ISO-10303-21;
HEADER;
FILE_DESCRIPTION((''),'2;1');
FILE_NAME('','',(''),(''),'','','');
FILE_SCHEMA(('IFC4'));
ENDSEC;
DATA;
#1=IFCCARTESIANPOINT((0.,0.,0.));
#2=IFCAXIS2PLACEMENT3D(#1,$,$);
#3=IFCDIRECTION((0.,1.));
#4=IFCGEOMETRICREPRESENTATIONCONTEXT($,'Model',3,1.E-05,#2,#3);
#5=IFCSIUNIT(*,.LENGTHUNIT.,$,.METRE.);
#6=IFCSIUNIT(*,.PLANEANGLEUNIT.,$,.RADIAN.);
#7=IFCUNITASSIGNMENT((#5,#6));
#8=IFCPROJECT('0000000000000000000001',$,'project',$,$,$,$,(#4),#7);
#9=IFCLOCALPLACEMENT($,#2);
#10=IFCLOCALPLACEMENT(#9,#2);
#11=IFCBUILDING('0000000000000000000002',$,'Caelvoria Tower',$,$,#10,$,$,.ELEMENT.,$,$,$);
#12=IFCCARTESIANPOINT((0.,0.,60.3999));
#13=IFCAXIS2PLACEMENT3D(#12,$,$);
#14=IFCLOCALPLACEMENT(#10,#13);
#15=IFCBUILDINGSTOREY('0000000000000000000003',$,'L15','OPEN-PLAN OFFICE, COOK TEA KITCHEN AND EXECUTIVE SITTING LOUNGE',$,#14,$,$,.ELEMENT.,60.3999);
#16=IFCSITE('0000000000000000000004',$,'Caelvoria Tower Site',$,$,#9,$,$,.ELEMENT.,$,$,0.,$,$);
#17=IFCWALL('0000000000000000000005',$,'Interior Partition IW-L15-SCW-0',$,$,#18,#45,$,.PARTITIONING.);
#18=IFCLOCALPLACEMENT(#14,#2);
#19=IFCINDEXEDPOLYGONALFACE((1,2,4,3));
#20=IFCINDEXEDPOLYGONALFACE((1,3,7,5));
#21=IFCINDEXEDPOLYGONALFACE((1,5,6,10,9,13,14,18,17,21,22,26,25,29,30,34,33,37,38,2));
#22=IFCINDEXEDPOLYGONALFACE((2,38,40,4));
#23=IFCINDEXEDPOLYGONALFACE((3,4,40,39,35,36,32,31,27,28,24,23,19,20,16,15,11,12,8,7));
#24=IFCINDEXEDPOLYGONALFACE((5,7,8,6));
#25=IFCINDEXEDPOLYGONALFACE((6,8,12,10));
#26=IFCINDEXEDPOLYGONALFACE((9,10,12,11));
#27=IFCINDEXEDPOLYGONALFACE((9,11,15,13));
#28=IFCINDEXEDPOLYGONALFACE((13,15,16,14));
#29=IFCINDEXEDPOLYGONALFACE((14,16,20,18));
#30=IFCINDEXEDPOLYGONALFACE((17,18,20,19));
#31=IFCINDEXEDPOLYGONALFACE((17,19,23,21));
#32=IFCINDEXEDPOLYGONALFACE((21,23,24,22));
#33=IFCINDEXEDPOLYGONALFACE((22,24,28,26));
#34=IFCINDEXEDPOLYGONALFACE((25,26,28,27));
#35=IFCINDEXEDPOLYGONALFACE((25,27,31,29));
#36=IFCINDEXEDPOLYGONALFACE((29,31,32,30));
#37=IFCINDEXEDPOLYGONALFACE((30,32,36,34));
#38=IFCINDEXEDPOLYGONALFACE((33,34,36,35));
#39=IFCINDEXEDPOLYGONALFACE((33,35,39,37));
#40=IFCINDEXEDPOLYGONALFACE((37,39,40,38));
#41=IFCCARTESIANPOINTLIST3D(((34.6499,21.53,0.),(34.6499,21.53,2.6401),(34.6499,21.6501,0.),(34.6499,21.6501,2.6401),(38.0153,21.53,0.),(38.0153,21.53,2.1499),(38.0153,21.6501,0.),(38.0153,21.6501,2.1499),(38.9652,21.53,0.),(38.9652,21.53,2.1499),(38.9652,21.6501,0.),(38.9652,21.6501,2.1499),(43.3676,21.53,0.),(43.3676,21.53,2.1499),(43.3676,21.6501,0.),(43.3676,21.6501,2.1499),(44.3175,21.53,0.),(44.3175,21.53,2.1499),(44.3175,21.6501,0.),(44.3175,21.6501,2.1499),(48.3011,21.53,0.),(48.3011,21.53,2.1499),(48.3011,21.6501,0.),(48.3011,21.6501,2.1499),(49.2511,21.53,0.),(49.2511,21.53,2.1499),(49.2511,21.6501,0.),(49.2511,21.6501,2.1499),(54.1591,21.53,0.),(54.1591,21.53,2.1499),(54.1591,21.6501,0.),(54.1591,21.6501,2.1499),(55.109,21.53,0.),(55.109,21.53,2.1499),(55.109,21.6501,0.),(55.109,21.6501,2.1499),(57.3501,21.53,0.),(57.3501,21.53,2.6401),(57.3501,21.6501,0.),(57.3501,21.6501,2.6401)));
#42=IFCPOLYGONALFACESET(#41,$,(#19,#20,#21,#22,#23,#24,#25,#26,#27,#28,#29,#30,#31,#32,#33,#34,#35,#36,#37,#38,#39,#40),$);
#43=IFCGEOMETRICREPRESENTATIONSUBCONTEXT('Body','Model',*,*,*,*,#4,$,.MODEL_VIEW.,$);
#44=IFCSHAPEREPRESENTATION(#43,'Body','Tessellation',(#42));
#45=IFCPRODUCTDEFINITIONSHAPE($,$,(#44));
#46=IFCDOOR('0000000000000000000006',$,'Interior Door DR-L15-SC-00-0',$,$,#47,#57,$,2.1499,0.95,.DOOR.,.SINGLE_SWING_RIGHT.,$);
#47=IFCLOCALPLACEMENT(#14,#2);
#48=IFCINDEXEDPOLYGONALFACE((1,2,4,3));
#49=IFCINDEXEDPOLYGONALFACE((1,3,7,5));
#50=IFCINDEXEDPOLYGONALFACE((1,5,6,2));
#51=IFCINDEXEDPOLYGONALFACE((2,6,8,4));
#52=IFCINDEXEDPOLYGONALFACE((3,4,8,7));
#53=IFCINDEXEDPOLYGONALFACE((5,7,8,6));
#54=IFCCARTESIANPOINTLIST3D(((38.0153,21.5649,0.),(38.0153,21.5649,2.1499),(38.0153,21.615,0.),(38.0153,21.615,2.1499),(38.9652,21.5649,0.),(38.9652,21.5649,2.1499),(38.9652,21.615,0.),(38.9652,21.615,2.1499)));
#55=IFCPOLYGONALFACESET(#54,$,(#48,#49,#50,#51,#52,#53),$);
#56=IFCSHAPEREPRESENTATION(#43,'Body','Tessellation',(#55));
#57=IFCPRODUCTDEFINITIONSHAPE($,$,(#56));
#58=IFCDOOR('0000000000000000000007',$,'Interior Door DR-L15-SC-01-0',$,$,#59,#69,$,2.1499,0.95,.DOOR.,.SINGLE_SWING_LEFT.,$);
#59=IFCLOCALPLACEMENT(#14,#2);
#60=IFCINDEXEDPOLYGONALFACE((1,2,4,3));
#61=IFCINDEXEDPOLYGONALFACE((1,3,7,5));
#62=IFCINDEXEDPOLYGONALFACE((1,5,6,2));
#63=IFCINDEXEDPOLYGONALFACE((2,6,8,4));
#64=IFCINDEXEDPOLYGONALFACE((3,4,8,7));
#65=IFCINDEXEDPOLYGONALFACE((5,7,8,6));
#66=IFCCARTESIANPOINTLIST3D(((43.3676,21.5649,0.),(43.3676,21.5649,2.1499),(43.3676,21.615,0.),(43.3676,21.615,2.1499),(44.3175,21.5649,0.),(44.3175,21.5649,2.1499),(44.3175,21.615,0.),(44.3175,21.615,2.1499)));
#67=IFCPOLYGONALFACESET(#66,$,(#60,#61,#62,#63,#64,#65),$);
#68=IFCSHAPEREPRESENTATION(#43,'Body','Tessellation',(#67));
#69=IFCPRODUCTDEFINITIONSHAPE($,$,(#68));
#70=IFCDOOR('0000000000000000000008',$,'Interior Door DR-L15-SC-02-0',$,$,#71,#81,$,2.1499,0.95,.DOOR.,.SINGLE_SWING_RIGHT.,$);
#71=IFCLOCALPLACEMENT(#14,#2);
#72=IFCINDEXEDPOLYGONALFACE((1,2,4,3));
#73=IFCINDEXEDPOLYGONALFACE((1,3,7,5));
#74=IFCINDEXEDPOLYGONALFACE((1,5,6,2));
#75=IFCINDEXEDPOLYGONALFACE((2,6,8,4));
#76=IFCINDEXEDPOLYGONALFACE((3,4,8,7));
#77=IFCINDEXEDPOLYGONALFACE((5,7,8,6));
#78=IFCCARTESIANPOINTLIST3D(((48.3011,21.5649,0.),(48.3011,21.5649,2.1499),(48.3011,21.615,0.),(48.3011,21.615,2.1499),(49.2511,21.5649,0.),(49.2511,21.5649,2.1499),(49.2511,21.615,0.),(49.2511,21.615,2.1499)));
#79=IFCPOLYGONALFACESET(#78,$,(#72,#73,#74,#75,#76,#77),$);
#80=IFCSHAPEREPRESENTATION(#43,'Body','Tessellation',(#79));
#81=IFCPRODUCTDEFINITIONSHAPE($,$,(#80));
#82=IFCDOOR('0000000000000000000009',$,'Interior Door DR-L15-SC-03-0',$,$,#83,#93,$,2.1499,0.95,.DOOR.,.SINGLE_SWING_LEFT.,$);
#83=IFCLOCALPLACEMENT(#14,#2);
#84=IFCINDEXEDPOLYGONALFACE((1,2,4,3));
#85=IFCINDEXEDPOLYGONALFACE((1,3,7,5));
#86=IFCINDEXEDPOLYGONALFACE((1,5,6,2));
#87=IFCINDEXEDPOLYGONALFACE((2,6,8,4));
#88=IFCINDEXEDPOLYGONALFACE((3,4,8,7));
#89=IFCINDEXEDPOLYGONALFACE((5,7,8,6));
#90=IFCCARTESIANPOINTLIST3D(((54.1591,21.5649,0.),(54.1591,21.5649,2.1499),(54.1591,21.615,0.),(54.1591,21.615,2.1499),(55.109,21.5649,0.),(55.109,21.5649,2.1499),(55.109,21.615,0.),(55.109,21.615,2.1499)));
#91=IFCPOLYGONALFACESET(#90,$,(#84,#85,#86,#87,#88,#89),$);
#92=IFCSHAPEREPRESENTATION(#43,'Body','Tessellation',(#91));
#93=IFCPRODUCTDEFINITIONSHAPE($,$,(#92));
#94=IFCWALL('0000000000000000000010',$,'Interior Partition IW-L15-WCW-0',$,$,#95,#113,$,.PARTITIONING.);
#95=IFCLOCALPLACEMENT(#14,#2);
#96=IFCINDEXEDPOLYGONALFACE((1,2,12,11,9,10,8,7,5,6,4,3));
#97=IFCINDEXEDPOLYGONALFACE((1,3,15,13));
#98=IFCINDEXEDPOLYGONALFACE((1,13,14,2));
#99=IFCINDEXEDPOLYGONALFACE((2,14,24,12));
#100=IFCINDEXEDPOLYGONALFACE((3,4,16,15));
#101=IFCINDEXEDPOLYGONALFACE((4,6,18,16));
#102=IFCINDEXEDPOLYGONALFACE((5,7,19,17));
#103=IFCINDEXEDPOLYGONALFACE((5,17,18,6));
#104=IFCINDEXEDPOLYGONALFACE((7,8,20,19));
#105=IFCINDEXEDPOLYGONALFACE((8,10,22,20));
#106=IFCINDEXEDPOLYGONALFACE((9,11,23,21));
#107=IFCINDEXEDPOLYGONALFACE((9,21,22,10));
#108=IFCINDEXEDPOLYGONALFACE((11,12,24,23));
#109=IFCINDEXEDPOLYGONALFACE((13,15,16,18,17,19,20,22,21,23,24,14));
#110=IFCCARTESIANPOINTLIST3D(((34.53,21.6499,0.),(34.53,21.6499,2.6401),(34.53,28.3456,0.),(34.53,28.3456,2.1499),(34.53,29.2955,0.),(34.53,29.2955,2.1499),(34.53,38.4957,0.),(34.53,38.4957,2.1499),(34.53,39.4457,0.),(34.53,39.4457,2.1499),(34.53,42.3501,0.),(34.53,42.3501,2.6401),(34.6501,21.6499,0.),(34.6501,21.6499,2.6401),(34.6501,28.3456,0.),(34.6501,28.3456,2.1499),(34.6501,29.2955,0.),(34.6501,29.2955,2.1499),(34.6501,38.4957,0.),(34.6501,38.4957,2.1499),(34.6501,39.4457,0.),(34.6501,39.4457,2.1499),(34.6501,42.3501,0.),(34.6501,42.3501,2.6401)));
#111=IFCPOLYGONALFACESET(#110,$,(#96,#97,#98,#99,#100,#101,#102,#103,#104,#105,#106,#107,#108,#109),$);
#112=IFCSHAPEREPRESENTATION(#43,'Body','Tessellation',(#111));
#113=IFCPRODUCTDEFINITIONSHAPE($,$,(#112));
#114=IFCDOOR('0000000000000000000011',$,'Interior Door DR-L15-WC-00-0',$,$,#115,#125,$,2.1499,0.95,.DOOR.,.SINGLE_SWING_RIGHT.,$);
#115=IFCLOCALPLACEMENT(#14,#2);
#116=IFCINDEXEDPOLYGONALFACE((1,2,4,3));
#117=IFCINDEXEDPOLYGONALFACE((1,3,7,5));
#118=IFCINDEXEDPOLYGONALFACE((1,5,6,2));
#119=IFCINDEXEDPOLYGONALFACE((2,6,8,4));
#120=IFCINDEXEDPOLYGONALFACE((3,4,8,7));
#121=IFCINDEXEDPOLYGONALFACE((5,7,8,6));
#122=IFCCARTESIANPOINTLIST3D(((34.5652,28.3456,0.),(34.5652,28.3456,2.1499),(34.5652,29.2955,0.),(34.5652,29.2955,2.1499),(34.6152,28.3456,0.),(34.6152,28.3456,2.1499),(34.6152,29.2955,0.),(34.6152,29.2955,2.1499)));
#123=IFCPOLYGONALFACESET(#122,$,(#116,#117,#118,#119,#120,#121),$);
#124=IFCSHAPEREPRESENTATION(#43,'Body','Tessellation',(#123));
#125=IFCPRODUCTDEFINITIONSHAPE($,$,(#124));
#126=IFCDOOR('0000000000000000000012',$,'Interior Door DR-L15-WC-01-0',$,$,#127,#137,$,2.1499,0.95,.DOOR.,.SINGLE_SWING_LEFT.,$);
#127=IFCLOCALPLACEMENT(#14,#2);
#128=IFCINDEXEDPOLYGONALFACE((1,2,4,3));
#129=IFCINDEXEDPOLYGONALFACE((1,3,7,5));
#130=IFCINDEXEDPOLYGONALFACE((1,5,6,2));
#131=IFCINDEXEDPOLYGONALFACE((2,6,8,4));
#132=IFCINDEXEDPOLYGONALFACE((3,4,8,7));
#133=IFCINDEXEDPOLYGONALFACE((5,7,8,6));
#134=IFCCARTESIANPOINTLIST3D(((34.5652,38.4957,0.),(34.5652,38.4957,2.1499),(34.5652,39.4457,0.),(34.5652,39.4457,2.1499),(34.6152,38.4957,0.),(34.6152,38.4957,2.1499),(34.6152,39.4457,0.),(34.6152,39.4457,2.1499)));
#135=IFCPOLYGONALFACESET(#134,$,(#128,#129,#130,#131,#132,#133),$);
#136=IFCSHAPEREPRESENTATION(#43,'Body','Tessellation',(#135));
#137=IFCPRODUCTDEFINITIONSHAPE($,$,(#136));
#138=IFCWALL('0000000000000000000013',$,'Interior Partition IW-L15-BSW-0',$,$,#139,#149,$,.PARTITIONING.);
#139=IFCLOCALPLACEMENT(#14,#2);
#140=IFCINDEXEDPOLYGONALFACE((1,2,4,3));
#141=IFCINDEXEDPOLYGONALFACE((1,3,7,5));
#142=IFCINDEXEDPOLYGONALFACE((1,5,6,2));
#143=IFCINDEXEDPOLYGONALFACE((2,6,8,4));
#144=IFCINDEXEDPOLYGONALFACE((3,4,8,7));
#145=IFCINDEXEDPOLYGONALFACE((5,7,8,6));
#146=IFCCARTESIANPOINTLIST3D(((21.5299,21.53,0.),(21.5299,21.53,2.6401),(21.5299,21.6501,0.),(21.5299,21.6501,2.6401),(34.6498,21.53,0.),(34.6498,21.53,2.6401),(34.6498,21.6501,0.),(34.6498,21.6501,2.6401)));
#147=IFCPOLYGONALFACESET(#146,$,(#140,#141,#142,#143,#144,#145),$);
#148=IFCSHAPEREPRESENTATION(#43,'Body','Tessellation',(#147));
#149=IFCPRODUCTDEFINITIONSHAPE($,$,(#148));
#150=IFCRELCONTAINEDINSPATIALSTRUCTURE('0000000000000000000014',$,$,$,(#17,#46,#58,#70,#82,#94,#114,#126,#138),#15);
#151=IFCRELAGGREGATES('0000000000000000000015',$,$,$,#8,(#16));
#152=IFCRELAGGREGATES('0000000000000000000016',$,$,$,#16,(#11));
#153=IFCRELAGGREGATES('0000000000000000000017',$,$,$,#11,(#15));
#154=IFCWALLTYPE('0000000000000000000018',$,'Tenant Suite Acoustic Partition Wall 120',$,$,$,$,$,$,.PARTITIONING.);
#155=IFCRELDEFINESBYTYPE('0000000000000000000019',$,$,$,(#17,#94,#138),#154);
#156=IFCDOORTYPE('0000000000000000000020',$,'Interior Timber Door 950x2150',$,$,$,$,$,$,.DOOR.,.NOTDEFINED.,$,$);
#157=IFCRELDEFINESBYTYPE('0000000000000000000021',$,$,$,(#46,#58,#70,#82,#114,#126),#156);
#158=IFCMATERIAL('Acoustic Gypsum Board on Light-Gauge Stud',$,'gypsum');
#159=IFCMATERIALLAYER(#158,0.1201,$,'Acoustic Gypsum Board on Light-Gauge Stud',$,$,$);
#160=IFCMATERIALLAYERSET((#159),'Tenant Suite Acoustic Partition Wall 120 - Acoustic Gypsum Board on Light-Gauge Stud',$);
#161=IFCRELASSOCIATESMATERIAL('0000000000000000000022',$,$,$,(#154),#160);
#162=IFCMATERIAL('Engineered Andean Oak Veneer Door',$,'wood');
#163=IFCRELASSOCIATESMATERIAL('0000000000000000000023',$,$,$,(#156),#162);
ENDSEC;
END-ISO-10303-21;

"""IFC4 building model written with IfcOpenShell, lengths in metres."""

from ifc_helpers import new_model, si_unit, direction, frame, frame_2d, origin, place, context, subcontext, project, spatial, rectangle, extrude, material, layer, layer_set, type_object, element, fill, save


model = new_model("IFC4")

# Units and contexts
model_context = context("Model", 3, precision=1e-05, world=origin(), true_north=direction((0.0, 1.0)))
body_context = subcontext(model_context, "Body", "Model", "MODEL_VIEW")
ifc_project = project(units=[si_unit("LENGTHUNIT", "METRE"), si_unit("PLANEANGLEUNIT", "RADIAN")], contexts=[model_context])

# Site, building, storey
site_placement = place(None, origin())
site = spatial("IfcSite", under=ifc_project, at=site_placement, Name="Caelvoria Tower Site", CompositionType="ELEMENT", RefElevation=0.0)
building_placement = place(site_placement, origin())
building = spatial("IfcBuilding", under=site, at=building_placement, Name="Caelvoria Tower", CompositionType="ELEMENT")
storey_placement = place(building_placement, frame((0.0, 0.0, 60.3999)))
storey = spatial("IfcBuildingStorey", under=building, at=storey_placement, Name="L15", Description="OPEN-PLAN OFFICE, COOK TEA KITCHEN AND EXECUTIVE SITTING LOUNGE", CompositionType="ELEMENT", Elevation=60.3999)

# Shared definitions
ifc_material_1 = material(Name="Acoustic Gypsum Board on Light-Gauge Stud", Category="gypsum")
ifc_layer_1 = layer(ifc_material_1, 0.1201, Name="Acoustic Gypsum Board on Light-Gauge Stud")
ifc_layer_set_1 = layer_set([ifc_layer_1], Name="Tenant Suite Acoustic Partition Wall 120 - Acoustic Gypsum Board on Light-Gauge Stud")
wall_type_1 = type_object("IfcWallType", Name="Tenant Suite Acoustic Partition Wall 120", PredefinedType="PARTITIONING", material=ifc_layer_set_1)
ifc_material_2 = material(Name="Engineered Andean Oak Veneer Door", Category="wood")

# Walls, openings, doors
wall_1_placement = place(storey_placement, frame((34.6499, 21.5901, 0.0), z_axis=(0.0, 0.0, 1.0), x_axis=(1.0, 0.0, 0.0)))
wall_1 = element("IfcWall", 1, at=wall_1_placement, inside=storey, type_object=wall_type_1, Name="Interior Partition IW-L15-SCW-0", PredefinedType="PARTITIONING", context=body_context, shape_type="SweptSolid", body=[
    extrude(rectangle(XDim=22.7002, YDim=0.1201, at=frame_2d((11.3501, 0.0))), origin(), (0.0, 0.0, 1.0), 2.6401),
])
opening_1_placement = place(wall_1_placement, frame((3.3652, 0.0, 0.0)))
opening_1 = element("IfcOpeningElement", 2, at=opening_1_placement, cuts=wall_1, PredefinedType="OPENING", context=body_context, shape_type="SweptSolid", body=[
    extrude(rectangle(XDim=0.95, YDim=2.1499, at=frame_2d((0.4751, 1.075))), frame((0.0, 0.0701, 0.0), z_axis=(0.0, -1.0, 0.0), x_axis=(1.0, 0.0, 0.0)), (0.0, 0.0, 1.0), 0.1401),
])
opening_2_placement = place(wall_1_placement, frame((8.7175, 0.0, 0.0)))
opening_2 = element("IfcOpeningElement", 3, at=opening_2_placement, cuts=wall_1, PredefinedType="OPENING", context=body_context, shape_type="SweptSolid", body=[
    extrude(rectangle(XDim=0.95, YDim=2.1499, at=frame_2d((0.4751, 1.075))), frame((0.0, 0.0701, 0.0), z_axis=(0.0, -1.0, 0.0), x_axis=(1.0, 0.0, 0.0)), (0.0, 0.0, 1.0), 0.1401),
])
opening_3_placement = place(wall_1_placement, frame((13.6511, 0.0, 0.0)))
opening_3 = element("IfcOpeningElement", 4, at=opening_3_placement, cuts=wall_1, PredefinedType="OPENING", context=body_context, shape_type="SweptSolid", body=[
    extrude(rectangle(XDim=0.95, YDim=2.1499, at=frame_2d((0.4751, 1.075))), frame((0.0, 0.0701, 0.0), z_axis=(0.0, -1.0, 0.0), x_axis=(1.0, 0.0, 0.0)), (0.0, 0.0, 1.0), 0.1401),
])
opening_4_placement = place(wall_1_placement, frame((19.509, 0.0, 0.0)))
opening_4 = element("IfcOpeningElement", 5, at=opening_4_placement, cuts=wall_1, PredefinedType="OPENING", context=body_context, shape_type="SweptSolid", body=[
    extrude(rectangle(XDim=0.95, YDim=2.1499, at=frame_2d((0.4751, 1.075))), frame((0.0, 0.0701, 0.0), z_axis=(0.0, -1.0, 0.0), x_axis=(1.0, 0.0, 0.0)), (0.0, 0.0, 1.0), 0.1401),
])
door_type_1 = type_object("IfcDoorType", Name="Interior Timber Door 950x2150", OperationType="NOTDEFINED", PredefinedType="DOOR", material=ifc_material_2)
door_1_placement = place(opening_1_placement, origin())
door_1 = element("IfcDoor", 6, at=door_1_placement, inside=storey, type_object=door_type_1, Name="Interior Door DR-L15-SC-00-0", OperationType="SINGLE_SWING_RIGHT", OverallHeight=2.1499, OverallWidth=0.95, PredefinedType="DOOR", context=body_context, shape_type="SweptSolid", body=[
    extrude(rectangle(XDim=0.95, YDim=2.1499, at=frame_2d((0.4751, 1.075))), frame((0.0, 0.0249, 0.0), z_axis=(0.0, -1.0, 0.0), x_axis=(1.0, 0.0, 0.0)), (0.0, 0.0, 1.0), 0.05),
])
fill(opening_1, door_1)
door_2_placement = place(opening_2_placement, origin())
door_2 = element("IfcDoor", 7, at=door_2_placement, inside=storey, type_object=door_type_1, Name="Interior Door DR-L15-SC-01-0", OperationType="SINGLE_SWING_LEFT", OverallHeight=2.1499, OverallWidth=0.95, PredefinedType="DOOR", context=body_context, shape_type="SweptSolid", body=[
    extrude(rectangle(XDim=0.95, YDim=2.1499, at=frame_2d((0.4751, 1.075))), frame((0.0, 0.0249, 0.0), z_axis=(0.0, -1.0, 0.0), x_axis=(1.0, 0.0, 0.0)), (0.0, 0.0, 1.0), 0.05),
])
fill(opening_2, door_2)
door_3_placement = place(opening_3_placement, origin())
door_3 = element("IfcDoor", 8, at=door_3_placement, inside=storey, type_object=door_type_1, Name="Interior Door DR-L15-SC-02-0", OperationType="SINGLE_SWING_RIGHT", OverallHeight=2.1499, OverallWidth=0.95, PredefinedType="DOOR", context=body_context, shape_type="SweptSolid", body=[
    extrude(rectangle(XDim=0.95, YDim=2.1499, at=frame_2d((0.4751, 1.075))), frame((0.0, 0.0249, 0.0), z_axis=(0.0, -1.0, 0.0), x_axis=(1.0, 0.0, 0.0)), (0.0, 0.0, 1.0), 0.05),
])
fill(opening_3, door_3)
door_4_placement = place(opening_4_placement, origin())
door_4 = element("IfcDoor", 9, at=door_4_placement, inside=storey, type_object=door_type_1, Name="Interior Door DR-L15-SC-03-0", OperationType="SINGLE_SWING_LEFT", OverallHeight=2.1499, OverallWidth=0.95, PredefinedType="DOOR", context=body_context, shape_type="SweptSolid", body=[
    extrude(rectangle(XDim=0.95, YDim=2.1499, at=frame_2d((0.4751, 1.075))), frame((0.0, 0.0249, 0.0), z_axis=(0.0, -1.0, 0.0), x_axis=(1.0, 0.0, 0.0)), (0.0, 0.0, 1.0), 0.05),
])
fill(opening_4, door_4)
wall_2_placement = place(storey_placement, frame((34.5901, 21.6499, 0.0), z_axis=(0.0, 0.0, 1.0), x_axis=(0.0, 1.0, 0.0)))
wall_2 = element("IfcWall", 10, at=wall_2_placement, inside=storey, type_object=wall_type_1, Name="Interior Partition IW-L15-WCW-0", PredefinedType="PARTITIONING", context=body_context, shape_type="SweptSolid", body=[
    extrude(rectangle(XDim=20.7002, YDim=0.1201, at=frame_2d((10.3501, 0.0))), origin(), (0.0, 0.0, 1.0), 2.6401),
])
opening_5_placement = place(wall_2_placement, frame((6.6956, 0.0, 0.0)))
opening_5 = element("IfcOpeningElement", 11, at=opening_5_placement, cuts=wall_2, PredefinedType="OPENING", context=body_context, shape_type="SweptSolid", body=[
    extrude(rectangle(XDim=0.95, YDim=2.1499, at=frame_2d((0.4751, 1.075))), frame((0.0, 0.0701, 0.0), z_axis=(0.0, -1.0, 0.0), x_axis=(1.0, 0.0, 0.0)), (0.0, 0.0, 1.0), 0.1401),
])
opening_6_placement = place(wall_2_placement, frame((16.8457, 0.0, 0.0)))
opening_6 = element("IfcOpeningElement", 12, at=opening_6_placement, cuts=wall_2, PredefinedType="OPENING", context=body_context, shape_type="SweptSolid", body=[
    extrude(rectangle(XDim=0.95, YDim=2.1499, at=frame_2d((0.4751, 1.075))), frame((0.0, 0.0701, 0.0), z_axis=(0.0, -1.0, 0.0), x_axis=(1.0, 0.0, 0.0)), (0.0, 0.0, 1.0), 0.1401),
])
door_5_placement = place(opening_5_placement, origin())
door_5 = element("IfcDoor", 13, at=door_5_placement, inside=storey, type_object=door_type_1, Name="Interior Door DR-L15-WC-00-0", OperationType="SINGLE_SWING_RIGHT", OverallHeight=2.1499, OverallWidth=0.95, PredefinedType="DOOR", context=body_context, shape_type="SweptSolid", body=[
    extrude(rectangle(XDim=0.95, YDim=2.1499, at=frame_2d((0.4751, 1.075))), frame((0.0, 0.0249, 0.0), z_axis=(0.0, -1.0, 0.0), x_axis=(1.0, 0.0, 0.0)), (0.0, 0.0, 1.0), 0.05),
])
fill(opening_5, door_5)
door_6_placement = place(opening_6_placement, origin())
door_6 = element("IfcDoor", 14, at=door_6_placement, inside=storey, type_object=door_type_1, Name="Interior Door DR-L15-WC-01-0", OperationType="SINGLE_SWING_LEFT", OverallHeight=2.1499, OverallWidth=0.95, PredefinedType="DOOR", context=body_context, shape_type="SweptSolid", body=[
    extrude(rectangle(XDim=0.95, YDim=2.1499, at=frame_2d((0.4751, 1.075))), frame((0.0, 0.0249, 0.0), z_axis=(0.0, -1.0, 0.0), x_axis=(1.0, 0.0, 0.0)), (0.0, 0.0, 1.0), 0.05),
])
fill(opening_6, door_6)

# Wall
wall_3_placement = place(storey_placement, frame((34.6499, 21.5901, 0.0), z_axis=(0.0, 0.0, 1.0), x_axis=(-1.0, 0.0, 0.0)))
element("IfcWall", 15, at=wall_3_placement, inside=storey, type_object=wall_type_1, Name="Interior Partition IW-L15-BSW-0", PredefinedType="PARTITIONING", context=body_context, shape_type="SweptSolid", body=[
    extrude(rectangle(XDim=13.1199, YDim=0.1201, at=frame_2d((6.5601, 0.0))), origin(), (0.0, 0.0, 1.0), 2.6401),
])

save(model, "model.ifc")
